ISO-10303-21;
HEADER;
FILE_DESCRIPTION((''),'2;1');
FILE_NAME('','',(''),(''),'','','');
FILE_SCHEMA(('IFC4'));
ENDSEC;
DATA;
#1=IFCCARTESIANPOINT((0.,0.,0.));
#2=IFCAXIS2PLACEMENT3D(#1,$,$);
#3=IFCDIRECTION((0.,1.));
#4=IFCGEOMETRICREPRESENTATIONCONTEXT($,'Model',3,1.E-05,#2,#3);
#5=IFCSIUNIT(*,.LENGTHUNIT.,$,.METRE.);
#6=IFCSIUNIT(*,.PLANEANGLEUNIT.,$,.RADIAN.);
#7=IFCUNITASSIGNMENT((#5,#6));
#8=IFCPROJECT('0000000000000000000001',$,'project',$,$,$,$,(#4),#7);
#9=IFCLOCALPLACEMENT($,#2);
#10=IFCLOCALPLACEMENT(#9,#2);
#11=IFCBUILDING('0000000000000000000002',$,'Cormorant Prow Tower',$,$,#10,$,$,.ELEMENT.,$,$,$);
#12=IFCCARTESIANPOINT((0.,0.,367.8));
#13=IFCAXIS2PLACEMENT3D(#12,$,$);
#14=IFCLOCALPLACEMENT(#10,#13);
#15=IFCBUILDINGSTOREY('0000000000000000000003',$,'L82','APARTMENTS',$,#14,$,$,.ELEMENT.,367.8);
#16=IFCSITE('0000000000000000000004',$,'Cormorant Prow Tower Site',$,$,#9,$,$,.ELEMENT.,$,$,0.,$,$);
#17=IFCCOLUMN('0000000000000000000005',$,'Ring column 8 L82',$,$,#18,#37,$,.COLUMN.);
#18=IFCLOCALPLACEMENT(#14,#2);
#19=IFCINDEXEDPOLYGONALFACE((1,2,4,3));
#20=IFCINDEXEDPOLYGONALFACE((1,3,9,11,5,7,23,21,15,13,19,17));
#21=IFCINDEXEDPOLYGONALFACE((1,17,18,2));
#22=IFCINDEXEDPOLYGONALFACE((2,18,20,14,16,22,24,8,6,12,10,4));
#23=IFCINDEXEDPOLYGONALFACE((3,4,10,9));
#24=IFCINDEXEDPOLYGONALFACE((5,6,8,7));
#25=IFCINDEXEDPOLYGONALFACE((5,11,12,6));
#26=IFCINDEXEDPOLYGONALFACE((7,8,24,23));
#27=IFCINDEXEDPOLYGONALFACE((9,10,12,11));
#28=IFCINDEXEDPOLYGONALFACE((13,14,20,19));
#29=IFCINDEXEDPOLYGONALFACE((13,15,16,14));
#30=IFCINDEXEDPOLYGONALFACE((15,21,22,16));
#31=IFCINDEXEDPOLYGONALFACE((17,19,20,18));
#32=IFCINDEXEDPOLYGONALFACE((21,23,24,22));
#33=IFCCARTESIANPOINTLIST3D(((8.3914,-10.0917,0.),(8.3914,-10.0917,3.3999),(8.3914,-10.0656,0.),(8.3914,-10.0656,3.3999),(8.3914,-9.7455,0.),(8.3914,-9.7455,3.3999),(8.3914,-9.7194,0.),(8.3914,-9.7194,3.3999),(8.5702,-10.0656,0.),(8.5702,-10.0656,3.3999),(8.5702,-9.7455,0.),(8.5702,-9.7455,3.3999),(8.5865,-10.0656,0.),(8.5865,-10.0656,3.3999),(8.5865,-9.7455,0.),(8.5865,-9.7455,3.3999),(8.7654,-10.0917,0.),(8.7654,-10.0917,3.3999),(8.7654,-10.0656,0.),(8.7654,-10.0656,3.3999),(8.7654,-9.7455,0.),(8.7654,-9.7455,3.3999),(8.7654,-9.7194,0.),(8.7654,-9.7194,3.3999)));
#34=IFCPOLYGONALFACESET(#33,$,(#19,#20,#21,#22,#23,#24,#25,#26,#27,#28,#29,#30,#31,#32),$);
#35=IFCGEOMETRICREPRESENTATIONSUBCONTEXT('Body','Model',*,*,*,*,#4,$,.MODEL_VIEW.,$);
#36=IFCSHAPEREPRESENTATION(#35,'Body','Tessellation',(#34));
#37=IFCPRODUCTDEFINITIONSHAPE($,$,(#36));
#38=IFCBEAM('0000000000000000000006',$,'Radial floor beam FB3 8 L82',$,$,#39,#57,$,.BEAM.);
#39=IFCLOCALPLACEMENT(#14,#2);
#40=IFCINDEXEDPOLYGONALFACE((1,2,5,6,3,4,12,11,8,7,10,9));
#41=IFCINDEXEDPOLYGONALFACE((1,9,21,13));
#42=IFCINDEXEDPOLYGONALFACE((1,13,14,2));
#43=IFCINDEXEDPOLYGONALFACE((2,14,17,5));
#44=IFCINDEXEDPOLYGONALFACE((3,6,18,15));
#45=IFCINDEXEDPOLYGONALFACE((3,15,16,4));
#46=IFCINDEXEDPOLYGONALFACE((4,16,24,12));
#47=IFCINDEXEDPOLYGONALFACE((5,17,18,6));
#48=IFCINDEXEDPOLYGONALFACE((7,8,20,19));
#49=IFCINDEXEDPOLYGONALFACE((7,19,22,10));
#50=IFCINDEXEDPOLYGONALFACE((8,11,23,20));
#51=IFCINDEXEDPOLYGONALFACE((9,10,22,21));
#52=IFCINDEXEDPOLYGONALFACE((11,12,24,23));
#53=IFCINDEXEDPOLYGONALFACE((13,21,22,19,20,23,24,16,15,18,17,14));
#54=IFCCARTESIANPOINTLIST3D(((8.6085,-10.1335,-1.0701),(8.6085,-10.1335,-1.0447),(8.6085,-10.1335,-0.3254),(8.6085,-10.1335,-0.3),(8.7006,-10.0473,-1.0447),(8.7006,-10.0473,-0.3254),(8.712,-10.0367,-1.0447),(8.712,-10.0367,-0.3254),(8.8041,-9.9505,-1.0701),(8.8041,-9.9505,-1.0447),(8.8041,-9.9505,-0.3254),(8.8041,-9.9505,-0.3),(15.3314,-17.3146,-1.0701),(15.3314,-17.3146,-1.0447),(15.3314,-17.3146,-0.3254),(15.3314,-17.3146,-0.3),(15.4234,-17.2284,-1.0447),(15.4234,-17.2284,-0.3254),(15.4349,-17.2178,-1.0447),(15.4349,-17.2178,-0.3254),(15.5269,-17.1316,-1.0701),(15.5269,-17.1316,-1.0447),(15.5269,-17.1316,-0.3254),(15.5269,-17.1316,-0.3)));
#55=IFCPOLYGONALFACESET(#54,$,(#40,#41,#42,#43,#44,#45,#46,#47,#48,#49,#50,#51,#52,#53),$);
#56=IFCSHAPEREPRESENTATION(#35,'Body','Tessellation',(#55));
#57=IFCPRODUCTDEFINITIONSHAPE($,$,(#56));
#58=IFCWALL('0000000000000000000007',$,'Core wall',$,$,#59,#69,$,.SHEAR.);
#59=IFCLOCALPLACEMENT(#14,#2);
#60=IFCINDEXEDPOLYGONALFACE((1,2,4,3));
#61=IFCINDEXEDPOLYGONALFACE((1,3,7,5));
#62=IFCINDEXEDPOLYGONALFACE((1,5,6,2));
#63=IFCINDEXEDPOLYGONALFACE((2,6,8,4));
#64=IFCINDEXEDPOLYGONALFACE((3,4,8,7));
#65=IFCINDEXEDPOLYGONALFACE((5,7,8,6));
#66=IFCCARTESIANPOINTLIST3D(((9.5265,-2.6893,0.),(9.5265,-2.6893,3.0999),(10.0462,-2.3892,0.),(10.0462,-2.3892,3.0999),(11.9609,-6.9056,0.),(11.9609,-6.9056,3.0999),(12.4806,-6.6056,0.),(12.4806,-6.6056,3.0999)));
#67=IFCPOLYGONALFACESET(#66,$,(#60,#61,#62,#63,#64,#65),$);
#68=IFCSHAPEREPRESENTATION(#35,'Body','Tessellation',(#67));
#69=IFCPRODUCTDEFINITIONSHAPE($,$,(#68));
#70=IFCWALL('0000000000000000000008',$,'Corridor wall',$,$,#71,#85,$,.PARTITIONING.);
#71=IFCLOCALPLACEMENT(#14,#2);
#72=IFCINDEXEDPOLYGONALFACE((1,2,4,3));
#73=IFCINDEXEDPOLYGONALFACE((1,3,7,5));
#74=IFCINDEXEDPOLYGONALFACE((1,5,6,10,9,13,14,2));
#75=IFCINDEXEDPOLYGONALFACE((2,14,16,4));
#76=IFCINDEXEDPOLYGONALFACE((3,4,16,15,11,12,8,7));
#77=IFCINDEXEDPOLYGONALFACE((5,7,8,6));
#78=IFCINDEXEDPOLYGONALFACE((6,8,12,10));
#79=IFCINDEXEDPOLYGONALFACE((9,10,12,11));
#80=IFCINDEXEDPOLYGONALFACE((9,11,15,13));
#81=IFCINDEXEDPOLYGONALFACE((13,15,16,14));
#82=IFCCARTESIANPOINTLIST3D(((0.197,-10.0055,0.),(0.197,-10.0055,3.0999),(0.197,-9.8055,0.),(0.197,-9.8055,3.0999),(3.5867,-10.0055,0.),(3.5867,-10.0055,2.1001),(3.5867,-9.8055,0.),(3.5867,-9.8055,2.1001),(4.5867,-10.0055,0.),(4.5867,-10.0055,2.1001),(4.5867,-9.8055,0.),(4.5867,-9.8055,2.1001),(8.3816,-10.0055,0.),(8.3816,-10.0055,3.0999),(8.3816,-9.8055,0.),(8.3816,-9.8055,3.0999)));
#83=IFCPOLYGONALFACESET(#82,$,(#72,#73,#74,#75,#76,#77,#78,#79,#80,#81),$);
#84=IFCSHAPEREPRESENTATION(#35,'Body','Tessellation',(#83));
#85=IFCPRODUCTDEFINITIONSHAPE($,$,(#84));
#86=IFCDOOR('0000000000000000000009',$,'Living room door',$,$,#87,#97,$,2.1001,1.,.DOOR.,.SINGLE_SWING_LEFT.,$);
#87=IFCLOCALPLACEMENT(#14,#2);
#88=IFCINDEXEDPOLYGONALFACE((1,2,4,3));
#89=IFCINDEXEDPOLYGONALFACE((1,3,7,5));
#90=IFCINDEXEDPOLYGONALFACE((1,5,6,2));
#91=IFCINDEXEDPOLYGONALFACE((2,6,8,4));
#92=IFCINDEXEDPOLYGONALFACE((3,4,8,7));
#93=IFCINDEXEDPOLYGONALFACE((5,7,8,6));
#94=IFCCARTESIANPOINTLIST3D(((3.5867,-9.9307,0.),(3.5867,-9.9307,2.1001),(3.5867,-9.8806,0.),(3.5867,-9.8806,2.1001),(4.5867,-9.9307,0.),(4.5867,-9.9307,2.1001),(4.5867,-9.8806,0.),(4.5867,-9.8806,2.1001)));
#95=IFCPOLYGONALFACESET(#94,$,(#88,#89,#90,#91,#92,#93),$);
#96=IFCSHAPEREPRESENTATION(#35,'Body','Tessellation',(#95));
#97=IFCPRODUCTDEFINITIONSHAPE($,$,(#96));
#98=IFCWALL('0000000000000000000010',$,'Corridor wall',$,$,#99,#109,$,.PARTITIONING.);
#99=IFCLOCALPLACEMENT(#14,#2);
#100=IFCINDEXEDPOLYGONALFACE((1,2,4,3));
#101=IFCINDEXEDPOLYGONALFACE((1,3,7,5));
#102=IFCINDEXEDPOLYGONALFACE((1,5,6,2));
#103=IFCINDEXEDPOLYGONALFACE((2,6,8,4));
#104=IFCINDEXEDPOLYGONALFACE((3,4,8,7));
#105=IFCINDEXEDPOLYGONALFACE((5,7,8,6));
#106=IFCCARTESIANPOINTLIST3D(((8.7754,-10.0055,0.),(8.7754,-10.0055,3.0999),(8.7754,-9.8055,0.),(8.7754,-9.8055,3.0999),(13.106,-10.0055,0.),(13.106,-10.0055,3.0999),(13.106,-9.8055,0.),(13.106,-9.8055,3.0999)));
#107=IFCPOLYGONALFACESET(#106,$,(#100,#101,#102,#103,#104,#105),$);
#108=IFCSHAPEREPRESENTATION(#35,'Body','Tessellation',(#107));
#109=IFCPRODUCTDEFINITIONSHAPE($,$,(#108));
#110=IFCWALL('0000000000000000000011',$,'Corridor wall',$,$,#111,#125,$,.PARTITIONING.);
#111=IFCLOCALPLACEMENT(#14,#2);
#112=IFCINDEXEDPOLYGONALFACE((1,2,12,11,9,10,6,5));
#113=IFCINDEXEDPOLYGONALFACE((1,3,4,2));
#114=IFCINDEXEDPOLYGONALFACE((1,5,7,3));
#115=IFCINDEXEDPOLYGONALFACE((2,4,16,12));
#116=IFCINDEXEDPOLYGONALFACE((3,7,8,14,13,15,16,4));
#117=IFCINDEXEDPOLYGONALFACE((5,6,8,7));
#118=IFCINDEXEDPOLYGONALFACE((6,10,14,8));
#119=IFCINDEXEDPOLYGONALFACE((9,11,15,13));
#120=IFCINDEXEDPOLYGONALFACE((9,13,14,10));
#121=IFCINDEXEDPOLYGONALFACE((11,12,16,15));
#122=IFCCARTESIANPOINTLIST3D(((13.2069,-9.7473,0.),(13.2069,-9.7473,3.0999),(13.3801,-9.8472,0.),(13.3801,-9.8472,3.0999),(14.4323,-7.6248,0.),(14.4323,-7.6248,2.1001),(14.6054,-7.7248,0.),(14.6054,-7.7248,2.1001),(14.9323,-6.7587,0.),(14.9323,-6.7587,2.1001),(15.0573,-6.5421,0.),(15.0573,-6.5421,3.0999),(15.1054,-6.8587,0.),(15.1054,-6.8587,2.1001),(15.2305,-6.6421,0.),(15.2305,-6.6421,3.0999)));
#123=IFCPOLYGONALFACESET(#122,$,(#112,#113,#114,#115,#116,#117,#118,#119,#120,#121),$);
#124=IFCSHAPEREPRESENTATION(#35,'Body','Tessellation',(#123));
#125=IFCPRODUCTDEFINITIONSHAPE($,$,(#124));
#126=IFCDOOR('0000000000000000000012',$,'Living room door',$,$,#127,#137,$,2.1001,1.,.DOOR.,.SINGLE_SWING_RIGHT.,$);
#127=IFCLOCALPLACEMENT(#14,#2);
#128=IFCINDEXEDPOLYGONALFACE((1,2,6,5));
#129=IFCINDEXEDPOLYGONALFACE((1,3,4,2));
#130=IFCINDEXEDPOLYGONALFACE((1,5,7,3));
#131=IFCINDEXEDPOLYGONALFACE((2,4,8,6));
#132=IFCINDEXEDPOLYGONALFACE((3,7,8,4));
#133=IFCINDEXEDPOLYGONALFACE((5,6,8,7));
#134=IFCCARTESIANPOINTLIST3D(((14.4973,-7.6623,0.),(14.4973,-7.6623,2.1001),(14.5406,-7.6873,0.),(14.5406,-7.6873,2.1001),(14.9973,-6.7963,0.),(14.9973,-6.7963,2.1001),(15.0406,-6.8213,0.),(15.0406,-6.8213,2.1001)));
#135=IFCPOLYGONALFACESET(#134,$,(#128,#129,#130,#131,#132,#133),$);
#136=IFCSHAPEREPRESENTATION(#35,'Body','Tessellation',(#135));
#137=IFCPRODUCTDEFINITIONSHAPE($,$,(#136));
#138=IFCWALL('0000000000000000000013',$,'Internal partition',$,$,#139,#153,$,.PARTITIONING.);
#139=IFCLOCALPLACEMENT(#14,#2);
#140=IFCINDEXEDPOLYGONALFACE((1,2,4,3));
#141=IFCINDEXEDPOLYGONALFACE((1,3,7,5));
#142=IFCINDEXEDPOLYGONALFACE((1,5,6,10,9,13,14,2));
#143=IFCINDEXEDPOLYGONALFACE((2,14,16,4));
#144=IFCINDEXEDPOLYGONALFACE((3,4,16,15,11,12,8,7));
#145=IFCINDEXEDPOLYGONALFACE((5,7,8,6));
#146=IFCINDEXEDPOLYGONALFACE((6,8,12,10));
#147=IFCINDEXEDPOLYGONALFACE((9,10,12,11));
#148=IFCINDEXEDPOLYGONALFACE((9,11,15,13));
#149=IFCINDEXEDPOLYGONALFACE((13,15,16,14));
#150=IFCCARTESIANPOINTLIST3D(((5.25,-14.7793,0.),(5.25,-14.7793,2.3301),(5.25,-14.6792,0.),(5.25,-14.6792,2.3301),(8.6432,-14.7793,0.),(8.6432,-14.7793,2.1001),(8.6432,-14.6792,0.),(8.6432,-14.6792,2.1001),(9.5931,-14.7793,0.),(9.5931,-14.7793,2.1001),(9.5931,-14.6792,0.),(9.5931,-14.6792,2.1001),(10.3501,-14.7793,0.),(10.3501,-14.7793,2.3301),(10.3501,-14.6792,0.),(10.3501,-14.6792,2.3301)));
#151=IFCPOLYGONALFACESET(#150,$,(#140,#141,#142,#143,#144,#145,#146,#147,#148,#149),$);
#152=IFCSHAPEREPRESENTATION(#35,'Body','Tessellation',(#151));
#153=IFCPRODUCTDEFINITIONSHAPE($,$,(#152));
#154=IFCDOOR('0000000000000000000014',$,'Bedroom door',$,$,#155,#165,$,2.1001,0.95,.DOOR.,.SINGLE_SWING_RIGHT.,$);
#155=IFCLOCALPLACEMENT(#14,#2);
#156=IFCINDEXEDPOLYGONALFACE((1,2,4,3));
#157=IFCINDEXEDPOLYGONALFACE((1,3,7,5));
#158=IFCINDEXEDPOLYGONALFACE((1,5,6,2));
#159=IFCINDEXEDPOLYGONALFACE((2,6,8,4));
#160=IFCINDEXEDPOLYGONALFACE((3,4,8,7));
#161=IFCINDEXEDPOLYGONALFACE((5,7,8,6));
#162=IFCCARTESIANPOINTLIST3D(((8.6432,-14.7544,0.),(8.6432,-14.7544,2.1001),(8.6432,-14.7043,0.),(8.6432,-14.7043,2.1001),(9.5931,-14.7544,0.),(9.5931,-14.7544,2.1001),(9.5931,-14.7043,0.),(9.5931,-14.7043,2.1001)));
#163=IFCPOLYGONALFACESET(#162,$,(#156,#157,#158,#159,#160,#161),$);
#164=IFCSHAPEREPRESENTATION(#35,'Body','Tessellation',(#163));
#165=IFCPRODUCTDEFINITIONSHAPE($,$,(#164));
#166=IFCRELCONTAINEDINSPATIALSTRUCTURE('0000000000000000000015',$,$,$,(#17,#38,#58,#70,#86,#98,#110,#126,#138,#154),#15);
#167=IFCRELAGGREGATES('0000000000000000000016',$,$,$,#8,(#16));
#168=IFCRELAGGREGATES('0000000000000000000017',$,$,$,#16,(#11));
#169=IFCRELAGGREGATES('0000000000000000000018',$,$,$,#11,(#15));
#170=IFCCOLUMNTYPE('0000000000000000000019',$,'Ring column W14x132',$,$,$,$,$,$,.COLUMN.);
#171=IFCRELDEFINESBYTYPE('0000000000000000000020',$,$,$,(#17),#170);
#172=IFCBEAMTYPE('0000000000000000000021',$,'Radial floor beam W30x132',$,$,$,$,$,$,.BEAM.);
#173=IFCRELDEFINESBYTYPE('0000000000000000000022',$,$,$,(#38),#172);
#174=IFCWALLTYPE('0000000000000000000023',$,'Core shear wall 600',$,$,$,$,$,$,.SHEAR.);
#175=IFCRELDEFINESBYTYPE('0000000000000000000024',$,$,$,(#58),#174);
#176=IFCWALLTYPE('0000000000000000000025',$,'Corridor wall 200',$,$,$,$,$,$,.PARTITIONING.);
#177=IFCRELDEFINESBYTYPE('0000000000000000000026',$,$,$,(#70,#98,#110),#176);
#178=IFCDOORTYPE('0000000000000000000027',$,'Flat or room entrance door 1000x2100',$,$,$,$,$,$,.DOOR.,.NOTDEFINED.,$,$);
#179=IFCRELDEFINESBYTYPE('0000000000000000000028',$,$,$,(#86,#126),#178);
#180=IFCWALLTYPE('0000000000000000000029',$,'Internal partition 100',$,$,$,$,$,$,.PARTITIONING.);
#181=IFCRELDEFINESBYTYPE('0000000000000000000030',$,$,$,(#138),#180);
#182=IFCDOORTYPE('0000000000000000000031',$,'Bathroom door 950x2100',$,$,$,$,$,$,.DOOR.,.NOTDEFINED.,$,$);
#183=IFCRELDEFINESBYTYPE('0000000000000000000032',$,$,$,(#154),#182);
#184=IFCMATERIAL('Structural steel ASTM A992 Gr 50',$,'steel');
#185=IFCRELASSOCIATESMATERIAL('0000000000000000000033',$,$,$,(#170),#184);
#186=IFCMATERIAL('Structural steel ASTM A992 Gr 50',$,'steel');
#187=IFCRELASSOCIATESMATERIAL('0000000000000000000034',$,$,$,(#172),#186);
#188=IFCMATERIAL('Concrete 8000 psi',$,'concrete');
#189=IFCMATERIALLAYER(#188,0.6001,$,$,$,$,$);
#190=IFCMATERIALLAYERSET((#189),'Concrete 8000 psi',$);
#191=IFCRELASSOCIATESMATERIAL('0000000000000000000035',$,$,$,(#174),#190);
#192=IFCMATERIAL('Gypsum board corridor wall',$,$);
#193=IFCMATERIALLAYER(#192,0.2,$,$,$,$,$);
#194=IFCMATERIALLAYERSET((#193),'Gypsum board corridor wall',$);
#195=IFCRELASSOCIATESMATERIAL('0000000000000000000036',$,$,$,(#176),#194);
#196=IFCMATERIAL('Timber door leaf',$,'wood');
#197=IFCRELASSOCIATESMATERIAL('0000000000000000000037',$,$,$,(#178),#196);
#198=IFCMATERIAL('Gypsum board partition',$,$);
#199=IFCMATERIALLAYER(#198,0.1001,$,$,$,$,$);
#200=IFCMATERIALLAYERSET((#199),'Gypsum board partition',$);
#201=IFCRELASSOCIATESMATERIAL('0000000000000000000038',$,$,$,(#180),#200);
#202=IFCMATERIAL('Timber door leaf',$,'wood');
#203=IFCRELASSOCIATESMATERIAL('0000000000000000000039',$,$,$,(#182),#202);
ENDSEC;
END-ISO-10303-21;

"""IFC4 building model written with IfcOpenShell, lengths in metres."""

from ifc_helpers import new_model, si_unit, direction, frame, frame_2d, origin, origin_2d, place, context, subcontext, project, spatial, rectangle, i_section, extrude, material, layer, layer_set, material_profile, profile_set, type_object, element, fill, save


model = new_model("IFC4")

# Units and contexts
model_context = context("Model", 3, precision=1e-05, world=origin(), true_north=direction((0.0, 1.0)))
body_context = subcontext(model_context, "Body", "Model", "MODEL_VIEW")
ifc_project = project(units=[si_unit("LENGTHUNIT", "METRE"), si_unit("PLANEANGLEUNIT", "RADIAN")], contexts=[model_context])

# Site, building, storey
site_placement = place(None, origin())
site = spatial("IfcSite", under=ifc_project, at=site_placement, Name="Cormorant Prow Tower Site", CompositionType="ELEMENT", RefElevation=0.0)
building_placement = place(site_placement, origin())
building = spatial("IfcBuilding", under=site, at=building_placement, Name="Cormorant Prow Tower", CompositionType="ELEMENT")
storey_placement = place(building_placement, frame((0.0, 0.0, 367.8)))
storey = spatial("IfcBuildingStorey", under=building, at=storey_placement, Name="L82", Description="APARTMENTS", CompositionType="ELEMENT", Elevation=367.8)

# Column
ifc_material_1 = material(Name="Structural steel ASTM A992 Gr 50", Category="steel")
ifc_material_profile_1 = material_profile(ifc_material_1, i_section(OverallWidth=0.374, OverallDepth=0.3723, WebThickness=0.0164, FlangeThickness=0.0261, at=origin_2d()), Name="W14x132")
ifc_profile_set_1 = profile_set([ifc_material_profile_1], Name="Structural steel ASTM A992 Gr 50")
column_type = type_object("IfcColumnType", Name="Ring column W14x132", PredefinedType="COLUMN", material=ifc_profile_set_1)
column_placement = place(storey_placement, frame((8.5784, -9.9055, 0.0), z_axis=(0.0, 0.0, 1.0), x_axis=(1.0, 0.0, 0.0)))
element("IfcColumn", 1, at=column_placement, inside=storey, type_object=column_type, Name="Ring column 8 L82", PredefinedType="COLUMN", context=body_context, shape_type="SweptSolid", body=[
    extrude(i_section(OverallWidth=0.374, OverallDepth=0.3723, WebThickness=0.0164, FlangeThickness=0.0261, at=origin_2d()), origin(), (0.0, 0.0, 1.0), 3.3999),
])

# Beam
ifc_material_2 = material(Name="Structural steel ASTM A992 Gr 50", Category="steel")
ifc_material_profile_2 = material_profile(ifc_material_2, i_section(OverallWidth=0.2678, OverallDepth=0.77, WebThickness=0.0156, FlangeThickness=0.0254, at=origin_2d()), Name="W30x132")
ifc_profile_set_2 = profile_set([ifc_material_profile_2], Name="Structural steel ASTM A992 Gr 50")
beam_type = type_object("IfcBeamType", Name="Radial floor beam W30x132", PredefinedType="BEAM", material=ifc_profile_set_2)
beam_placement = place(storey_placement, frame((8.7063, -10.042, -0.6851), z_axis=(0.683431, -0.730015, 0.0), x_axis=(0.730015, 0.683431, 0.0)))
element("IfcBeam", 2, at=beam_placement, inside=storey, type_object=beam_type, Name="Radial floor beam FB3 8 L82", PredefinedType="BEAM", context=body_context, shape_type="SweptSolid", body=[
    extrude(i_section(OverallWidth=0.2678, OverallDepth=0.77, WebThickness=0.0156, FlangeThickness=0.0254, at=origin_2d()), origin(), (0.0, 0.0, 1.0), 9.8369),
])

# Wall
ifc_material_3 = material(Name="Concrete 8000 psi", Category="concrete")
ifc_layer_1 = layer(ifc_material_3, 0.6001)
ifc_layer_set_1 = layer_set([ifc_layer_1], Name="Concrete 8000 psi")
wall_type_1 = type_object("IfcWallType", Name="Core shear wall 600", PredefinedType="SHEAR", material=ifc_layer_set_1)
wall_1_placement = place(storey_placement, frame((12.2207, -6.7556, 0.0), z_axis=(0.0, 0.0, 1.0), x_axis=(-0.500006, 0.866022, 0.0)))
element("IfcWall", 3, at=wall_1_placement, inside=storey, type_object=wall_type_1, Name="Core wall", PredefinedType="SHEAR", context=body_context, shape_type="SweptSolid", body=[
    extrude(rectangle(XDim=4.8687, YDim=0.6001, at=frame_2d((2.4343, 0.0))), origin(), (0.0, 0.0, 1.0), 3.0999),
])

# Wall, opening, door
ifc_material_4 = material(Name="Gypsum board corridor wall")
ifc_layer_2 = layer(ifc_material_4, 0.2)
ifc_layer_set_2 = layer_set([ifc_layer_2], Name="Gypsum board corridor wall")
wall_type_2 = type_object("IfcWallType", Name="Corridor wall 200", PredefinedType="PARTITIONING", material=ifc_layer_set_2)
wall_2_placement = place(storey_placement, frame((0.197, -9.9055, 0.0), z_axis=(0.0, 0.0, 1.0), x_axis=(1.0, 0.0, 0.0)))
wall_2 = element("IfcWall", 4, at=wall_2_placement, inside=storey, type_object=wall_type_2, Name="Corridor wall", PredefinedType="PARTITIONING", context=body_context, shape_type="SweptSolid", body=[
    extrude(rectangle(XDim=8.1846, YDim=0.2, at=frame_2d((4.0923, 0.0))), origin(), (0.0, 0.0, 1.0), 3.0999),
])
opening_1_placement = place(wall_2_placement, frame((3.3896, 0.0, 0.0)))
opening_1 = element("IfcOpeningElement", 5, at=opening_1_placement, cuts=wall_2, PredefinedType="OPENING", context=body_context, shape_type="SweptSolid", body=[
    extrude(rectangle(XDim=1.0, YDim=2.1001, at=frame_2d((0.5, 1.05))), frame((0.0, 0.1099, 0.0), z_axis=(0.0, -1.0, 0.0), x_axis=(1.0, 0.0, 0.0)), (0.0, 0.0, 1.0), 0.22),
])
ifc_material_5 = material(Name="Timber door leaf", Category="wood")
door_type_1 = type_object("IfcDoorType", Name="Flat or room entrance door 1000x2100", OperationType="NOTDEFINED", PredefinedType="DOOR", material=ifc_material_5)
door_1_placement = place(opening_1_placement, origin())
door_1 = element("IfcDoor", 6, at=door_1_placement, inside=storey, type_object=door_type_1, Name="Living room door", OperationType="SINGLE_SWING_LEFT", OverallHeight=2.1001, OverallWidth=1.0, PredefinedType="DOOR", context=body_context, shape_type="SweptSolid", body=[
    extrude(rectangle(XDim=1.0, YDim=2.1001, at=frame_2d((0.5, 1.05))), frame((0.0, 0.0249, 0.0), z_axis=(0.0, -1.0, 0.0), x_axis=(1.0, 0.0, 0.0)), (0.0, 0.0, 1.0), 0.05),
])
fill(opening_1, door_1)

# Wall
wall_3_placement = place(storey_placement, frame((8.7754, -9.9055, 0.0), z_axis=(0.0, 0.0, 1.0), x_axis=(1.0, 0.0, 0.0)))
element("IfcWall", 7, at=wall_3_placement, inside=storey, type_object=wall_type_2, Name="Corridor wall", PredefinedType="PARTITIONING", context=body_context, shape_type="SweptSolid", body=[
    extrude(rectangle(XDim=4.3306, YDim=0.2, at=frame_2d((2.1653, 0.0))), origin(), (0.0, 0.0, 1.0), 3.0999),
])

# Walls, openings, doors
wall_4_placement = place(storey_placement, frame((13.2935, -9.7974, 0.0), z_axis=(0.0, 0.0, 1.0), x_axis=(0.499978, 0.866038, 0.0)))
wall_4 = element("IfcWall", 8, at=wall_4_placement, inside=storey, type_object=wall_type_2, Name="Corridor wall", PredefinedType="PARTITIONING", context=body_context, shape_type="SweptSolid", body=[
    extrude(rectangle(XDim=3.7009, YDim=0.2, at=frame_2d((1.8506, 0.0))), origin(), (0.0, 0.0, 1.0), 3.0999),
])
opening_2_placement = place(wall_4_placement, frame((2.4509, 0.0, 0.0)))
opening_2 = element("IfcOpeningElement", 9, at=opening_2_placement, cuts=wall_4, PredefinedType="OPENING", context=body_context, shape_type="SweptSolid", body=[
    extrude(rectangle(XDim=1.0, YDim=2.1001, at=frame_2d((0.5, 1.05))), frame((0.0, 0.1099, 0.0), z_axis=(0.0, -1.0, 0.0), x_axis=(1.0, 0.0, 0.0)), (0.0, 0.0, 1.0), 0.22),
])
door_2_placement = place(opening_2_placement, origin())
door_2 = element("IfcDoor", 10, at=door_2_placement, inside=storey, type_object=door_type_1, Name="Living room door", OperationType="SINGLE_SWING_RIGHT", OverallHeight=2.1001, OverallWidth=1.0, PredefinedType="DOOR", context=body_context, shape_type="SweptSolid", body=[
    extrude(rectangle(XDim=1.0, YDim=2.1001, at=frame_2d((0.5, 1.05))), frame((0.0, 0.0249, 0.0), z_axis=(0.0, -1.0, 0.0), x_axis=(1.0, 0.0, 0.0)), (0.0, 0.0, 1.0), 0.05),
])
fill(opening_2, door_2)
ifc_material_6 = material(Name="Gypsum board partition")
ifc_layer_3 = layer(ifc_material_6, 0.1001)
ifc_layer_set_3 = layer_set([ifc_layer_3], Name="Gypsum board partition")
wall_type_3 = type_object("IfcWallType", Name="Internal partition 100", PredefinedType="PARTITIONING", material=ifc_layer_set_3)
wall_5_placement = place(storey_placement, frame((5.25, -14.7292, 0.0), z_axis=(0.0, 0.0, 1.0), x_axis=(1.0, 0.0, 0.0)))
wall_5 = element("IfcWall", 11, at=wall_5_placement, inside=storey, type_object=wall_type_3, Name="Internal partition", PredefinedType="PARTITIONING", context=body_context, shape_type="SweptSolid", body=[
    extrude(rectangle(XDim=5.1001, YDim=0.1001, at=frame_2d((2.55, 0.0))), origin(), (0.0, 0.0, 1.0), 2.3301),
])
opening_3_placement = place(wall_5_placement, frame((3.3931, 0.0, 0.0)))
opening_3 = element("IfcOpeningElement", 12, at=opening_3_placement, cuts=wall_5, PredefinedType="OPENING", context=body_context, shape_type="SweptSolid", body=[
    extrude(rectangle(XDim=0.95, YDim=2.1001, at=frame_2d((0.4751, 1.05))), frame((0.0, 0.0601, 0.0), z_axis=(0.0, -1.0, 0.0), x_axis=(1.0, 0.0, 0.0)), (0.0, 0.0, 1.0), 0.1201),
])
ifc_material_7 = material(Name="Timber door leaf", Category="wood")
door_type_2 = type_object("IfcDoorType", Name="Bathroom door 950x2100", OperationType="NOTDEFINED", PredefinedType="DOOR", material=ifc_material_7)
door_3_placement = place(opening_3_placement, origin())
door_3 = element("IfcDoor", 13, at=door_3_placement, inside=storey, type_object=door_type_2, Name="Bedroom door", OperationType="SINGLE_SWING_RIGHT", OverallHeight=2.1001, OverallWidth=0.95, PredefinedType="DOOR", context=body_context, shape_type="SweptSolid", body=[
    extrude(rectangle(XDim=0.95, YDim=2.1001, at=frame_2d((0.4751, 1.05))), frame((0.0, 0.0249, 0.0), z_axis=(0.0, -1.0, 0.0), x_axis=(1.0, 0.0, 0.0)), (0.0, 0.0, 1.0), 0.05),
])
fill(opening_3, door_3)

save(model, "model.ifc")
